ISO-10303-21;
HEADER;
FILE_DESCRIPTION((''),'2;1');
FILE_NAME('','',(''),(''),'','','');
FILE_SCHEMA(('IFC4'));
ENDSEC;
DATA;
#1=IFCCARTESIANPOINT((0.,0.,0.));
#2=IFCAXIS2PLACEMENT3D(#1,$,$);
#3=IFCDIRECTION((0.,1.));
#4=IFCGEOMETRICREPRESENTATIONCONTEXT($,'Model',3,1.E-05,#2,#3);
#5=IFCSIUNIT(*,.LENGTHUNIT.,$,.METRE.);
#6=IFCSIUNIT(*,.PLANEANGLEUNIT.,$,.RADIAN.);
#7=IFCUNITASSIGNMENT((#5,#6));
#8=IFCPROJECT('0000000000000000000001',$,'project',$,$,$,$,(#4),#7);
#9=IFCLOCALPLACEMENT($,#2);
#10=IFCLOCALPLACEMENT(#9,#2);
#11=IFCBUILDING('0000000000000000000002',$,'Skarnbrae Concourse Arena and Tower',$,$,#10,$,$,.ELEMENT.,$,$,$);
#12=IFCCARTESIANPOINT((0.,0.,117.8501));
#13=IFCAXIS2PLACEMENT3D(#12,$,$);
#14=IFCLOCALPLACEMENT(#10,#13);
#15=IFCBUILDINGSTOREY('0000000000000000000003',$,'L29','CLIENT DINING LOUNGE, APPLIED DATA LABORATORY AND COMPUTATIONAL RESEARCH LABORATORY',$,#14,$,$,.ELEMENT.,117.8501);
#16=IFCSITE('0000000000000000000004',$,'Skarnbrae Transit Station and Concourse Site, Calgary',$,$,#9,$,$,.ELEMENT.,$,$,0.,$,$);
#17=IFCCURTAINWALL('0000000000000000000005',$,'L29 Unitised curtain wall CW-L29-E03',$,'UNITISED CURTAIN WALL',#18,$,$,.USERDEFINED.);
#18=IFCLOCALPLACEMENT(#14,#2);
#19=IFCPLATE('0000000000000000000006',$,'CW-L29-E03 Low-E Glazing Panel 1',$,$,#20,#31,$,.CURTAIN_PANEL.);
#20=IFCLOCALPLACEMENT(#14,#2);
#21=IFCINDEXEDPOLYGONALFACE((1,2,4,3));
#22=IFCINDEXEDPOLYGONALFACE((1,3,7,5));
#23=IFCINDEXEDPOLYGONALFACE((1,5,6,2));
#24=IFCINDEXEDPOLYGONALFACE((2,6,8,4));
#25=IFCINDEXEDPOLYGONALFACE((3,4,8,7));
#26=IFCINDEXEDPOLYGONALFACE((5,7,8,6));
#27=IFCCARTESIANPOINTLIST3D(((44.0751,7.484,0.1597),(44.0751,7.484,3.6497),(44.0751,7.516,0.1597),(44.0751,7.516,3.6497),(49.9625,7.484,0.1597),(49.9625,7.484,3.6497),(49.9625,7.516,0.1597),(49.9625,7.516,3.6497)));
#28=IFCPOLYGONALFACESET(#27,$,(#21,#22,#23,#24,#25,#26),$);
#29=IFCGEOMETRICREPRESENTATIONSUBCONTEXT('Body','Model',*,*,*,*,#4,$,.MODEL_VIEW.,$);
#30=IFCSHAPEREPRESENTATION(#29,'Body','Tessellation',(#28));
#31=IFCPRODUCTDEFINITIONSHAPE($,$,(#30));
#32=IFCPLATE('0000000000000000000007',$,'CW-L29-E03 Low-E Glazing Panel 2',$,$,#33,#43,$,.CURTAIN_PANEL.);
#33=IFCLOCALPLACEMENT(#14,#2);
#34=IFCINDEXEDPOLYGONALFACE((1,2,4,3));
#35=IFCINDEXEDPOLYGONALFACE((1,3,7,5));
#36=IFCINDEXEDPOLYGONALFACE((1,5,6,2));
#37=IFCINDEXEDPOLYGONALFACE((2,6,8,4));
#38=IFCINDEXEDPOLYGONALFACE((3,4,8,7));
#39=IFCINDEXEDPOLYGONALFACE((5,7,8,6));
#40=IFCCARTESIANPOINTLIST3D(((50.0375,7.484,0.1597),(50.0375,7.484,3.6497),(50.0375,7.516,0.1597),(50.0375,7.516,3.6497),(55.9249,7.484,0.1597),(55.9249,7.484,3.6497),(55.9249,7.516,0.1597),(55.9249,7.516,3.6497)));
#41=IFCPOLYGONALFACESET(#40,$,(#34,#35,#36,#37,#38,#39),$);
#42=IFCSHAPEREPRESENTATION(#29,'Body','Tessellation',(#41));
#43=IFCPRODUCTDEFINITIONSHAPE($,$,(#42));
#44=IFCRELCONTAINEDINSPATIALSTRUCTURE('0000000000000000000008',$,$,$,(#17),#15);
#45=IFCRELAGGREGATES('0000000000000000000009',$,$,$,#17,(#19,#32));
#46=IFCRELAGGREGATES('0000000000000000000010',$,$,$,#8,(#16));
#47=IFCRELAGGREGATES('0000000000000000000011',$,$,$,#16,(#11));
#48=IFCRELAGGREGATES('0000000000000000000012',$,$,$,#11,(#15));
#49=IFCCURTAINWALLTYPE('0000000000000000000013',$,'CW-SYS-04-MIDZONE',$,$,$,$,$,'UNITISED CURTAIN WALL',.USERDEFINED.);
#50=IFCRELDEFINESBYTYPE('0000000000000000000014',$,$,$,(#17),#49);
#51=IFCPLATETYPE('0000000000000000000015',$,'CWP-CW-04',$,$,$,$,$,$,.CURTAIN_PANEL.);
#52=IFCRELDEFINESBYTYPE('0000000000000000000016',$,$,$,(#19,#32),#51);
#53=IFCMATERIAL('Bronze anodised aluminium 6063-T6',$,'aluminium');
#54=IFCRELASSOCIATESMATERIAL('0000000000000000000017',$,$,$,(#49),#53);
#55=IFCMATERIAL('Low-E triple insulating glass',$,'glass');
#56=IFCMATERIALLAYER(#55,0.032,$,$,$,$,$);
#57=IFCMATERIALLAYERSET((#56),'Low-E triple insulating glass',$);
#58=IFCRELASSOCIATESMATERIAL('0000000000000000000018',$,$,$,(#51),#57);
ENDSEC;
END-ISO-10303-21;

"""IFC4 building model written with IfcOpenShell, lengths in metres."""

from ifc_helpers import new_model, si_unit, direction, frame, origin, origin_2d, place, context, subcontext, project, spatial, rectangle, extrude, source, transform, mapped, material, layer, layer_set, type_object, element, aggregate, save


model = new_model("IFC4")

# Units and contexts
model_context = context("Model", 3, precision=1e-05, world=origin(), true_north=direction((0.0, 1.0)))
body_context = subcontext(model_context, "Body", "Model", "MODEL_VIEW")
ifc_project = project(units=[si_unit("LENGTHUNIT", "METRE"), si_unit("PLANEANGLEUNIT", "RADIAN")], contexts=[model_context])

# Site, building, storey
site_placement = place(None, origin())
site = spatial("IfcSite", under=ifc_project, at=site_placement, Name="Skarnbrae Transit Station and Concourse Site, Calgary", CompositionType="ELEMENT", RefElevation=0.0)
building_placement = place(site_placement, origin())
building = spatial("IfcBuilding", under=site, at=building_placement, Name="Skarnbrae Concourse Arena and Tower", CompositionType="ELEMENT")
storey_placement = place(building_placement, frame((0.0, 0.0, 117.8501)))
storey = spatial("IfcBuildingStorey", under=building, at=storey_placement, Name="L29", Description="CLIENT DINING LOUNGE, APPLIED DATA LABORATORY AND COMPUTATIONAL RESEARCH LABORATORY", CompositionType="ELEMENT", Elevation=117.8501)

# Curtain wall
ifc_material_1 = material(Name="Bronze anodised aluminium 6063-T6", Category="aluminium")
curtain_wall_type = type_object("IfcCurtainWallType", Name="CW-SYS-04-MIDZONE", ElementType="UNITISED CURTAIN WALL", PredefinedType="USERDEFINED", material=ifc_material_1)
curtain_wall_1_placement = place(storey_placement, origin())
curtain_wall_1 = element("IfcCurtainWall", 1, at=curtain_wall_1_placement, inside=storey, type_object=curtain_wall_type, Name="L29 Unitised curtain wall CW-L29-E03", ObjectType="UNITISED CURTAIN WALL", PredefinedType="USERDEFINED")

# Plates
ifc_material_2 = material(Name="Low-E triple insulating glass", Category="glass")
ifc_layer = layer(ifc_material_2, 0.032)
ifc_layer_set = layer_set([ifc_layer], Name="Low-E triple insulating glass")
plate_type = type_object("IfcPlateType", Name="CWP-CW-04", PredefinedType="CURTAIN_PANEL", material=ifc_layer_set)
shared_shape_1 = source(origin(), body_context, "Body", "SweptSolid", [
    extrude(rectangle(XDim=5.8875, YDim=0.032, at=origin_2d()), origin(), (0.0, 0.0, 1.0), 3.49),
])
plate_1_placement = place(storey_placement, frame((47.0188, 7.5, 0.1597), z_axis=(0.0, 0.0, 1.0), x_axis=(1.0, 0.0, 0.0)))
plate_1 = element("IfcPlate", 2, at=plate_1_placement, type_object=plate_type, Name="CW-L29-E03 Low-E Glazing Panel 1", PredefinedType="CURTAIN_PANEL", context=body_context, shape_type="MappedRepresentation", body=[
    mapped(shared_shape_1, transform((0.0, 0.0, 0.0))),
])
plate_2_placement = place(storey_placement, frame((52.9812, 7.5, 0.1597), z_axis=(0.0, 0.0, 1.0), x_axis=(1.0, 0.0, 0.0)))
plate_2 = element("IfcPlate", 3, at=plate_2_placement, type_object=plate_type, Name="CW-L29-E03 Low-E Glazing Panel 2", PredefinedType="CURTAIN_PANEL", context=body_context, shape_type="MappedRepresentation", body=[
    mapped(shared_shape_1, transform((0.0, 0.0, 0.0))),
])
aggregate(curtain_wall_1, [plate_1, plate_2])

save(model, "model.ifc")
